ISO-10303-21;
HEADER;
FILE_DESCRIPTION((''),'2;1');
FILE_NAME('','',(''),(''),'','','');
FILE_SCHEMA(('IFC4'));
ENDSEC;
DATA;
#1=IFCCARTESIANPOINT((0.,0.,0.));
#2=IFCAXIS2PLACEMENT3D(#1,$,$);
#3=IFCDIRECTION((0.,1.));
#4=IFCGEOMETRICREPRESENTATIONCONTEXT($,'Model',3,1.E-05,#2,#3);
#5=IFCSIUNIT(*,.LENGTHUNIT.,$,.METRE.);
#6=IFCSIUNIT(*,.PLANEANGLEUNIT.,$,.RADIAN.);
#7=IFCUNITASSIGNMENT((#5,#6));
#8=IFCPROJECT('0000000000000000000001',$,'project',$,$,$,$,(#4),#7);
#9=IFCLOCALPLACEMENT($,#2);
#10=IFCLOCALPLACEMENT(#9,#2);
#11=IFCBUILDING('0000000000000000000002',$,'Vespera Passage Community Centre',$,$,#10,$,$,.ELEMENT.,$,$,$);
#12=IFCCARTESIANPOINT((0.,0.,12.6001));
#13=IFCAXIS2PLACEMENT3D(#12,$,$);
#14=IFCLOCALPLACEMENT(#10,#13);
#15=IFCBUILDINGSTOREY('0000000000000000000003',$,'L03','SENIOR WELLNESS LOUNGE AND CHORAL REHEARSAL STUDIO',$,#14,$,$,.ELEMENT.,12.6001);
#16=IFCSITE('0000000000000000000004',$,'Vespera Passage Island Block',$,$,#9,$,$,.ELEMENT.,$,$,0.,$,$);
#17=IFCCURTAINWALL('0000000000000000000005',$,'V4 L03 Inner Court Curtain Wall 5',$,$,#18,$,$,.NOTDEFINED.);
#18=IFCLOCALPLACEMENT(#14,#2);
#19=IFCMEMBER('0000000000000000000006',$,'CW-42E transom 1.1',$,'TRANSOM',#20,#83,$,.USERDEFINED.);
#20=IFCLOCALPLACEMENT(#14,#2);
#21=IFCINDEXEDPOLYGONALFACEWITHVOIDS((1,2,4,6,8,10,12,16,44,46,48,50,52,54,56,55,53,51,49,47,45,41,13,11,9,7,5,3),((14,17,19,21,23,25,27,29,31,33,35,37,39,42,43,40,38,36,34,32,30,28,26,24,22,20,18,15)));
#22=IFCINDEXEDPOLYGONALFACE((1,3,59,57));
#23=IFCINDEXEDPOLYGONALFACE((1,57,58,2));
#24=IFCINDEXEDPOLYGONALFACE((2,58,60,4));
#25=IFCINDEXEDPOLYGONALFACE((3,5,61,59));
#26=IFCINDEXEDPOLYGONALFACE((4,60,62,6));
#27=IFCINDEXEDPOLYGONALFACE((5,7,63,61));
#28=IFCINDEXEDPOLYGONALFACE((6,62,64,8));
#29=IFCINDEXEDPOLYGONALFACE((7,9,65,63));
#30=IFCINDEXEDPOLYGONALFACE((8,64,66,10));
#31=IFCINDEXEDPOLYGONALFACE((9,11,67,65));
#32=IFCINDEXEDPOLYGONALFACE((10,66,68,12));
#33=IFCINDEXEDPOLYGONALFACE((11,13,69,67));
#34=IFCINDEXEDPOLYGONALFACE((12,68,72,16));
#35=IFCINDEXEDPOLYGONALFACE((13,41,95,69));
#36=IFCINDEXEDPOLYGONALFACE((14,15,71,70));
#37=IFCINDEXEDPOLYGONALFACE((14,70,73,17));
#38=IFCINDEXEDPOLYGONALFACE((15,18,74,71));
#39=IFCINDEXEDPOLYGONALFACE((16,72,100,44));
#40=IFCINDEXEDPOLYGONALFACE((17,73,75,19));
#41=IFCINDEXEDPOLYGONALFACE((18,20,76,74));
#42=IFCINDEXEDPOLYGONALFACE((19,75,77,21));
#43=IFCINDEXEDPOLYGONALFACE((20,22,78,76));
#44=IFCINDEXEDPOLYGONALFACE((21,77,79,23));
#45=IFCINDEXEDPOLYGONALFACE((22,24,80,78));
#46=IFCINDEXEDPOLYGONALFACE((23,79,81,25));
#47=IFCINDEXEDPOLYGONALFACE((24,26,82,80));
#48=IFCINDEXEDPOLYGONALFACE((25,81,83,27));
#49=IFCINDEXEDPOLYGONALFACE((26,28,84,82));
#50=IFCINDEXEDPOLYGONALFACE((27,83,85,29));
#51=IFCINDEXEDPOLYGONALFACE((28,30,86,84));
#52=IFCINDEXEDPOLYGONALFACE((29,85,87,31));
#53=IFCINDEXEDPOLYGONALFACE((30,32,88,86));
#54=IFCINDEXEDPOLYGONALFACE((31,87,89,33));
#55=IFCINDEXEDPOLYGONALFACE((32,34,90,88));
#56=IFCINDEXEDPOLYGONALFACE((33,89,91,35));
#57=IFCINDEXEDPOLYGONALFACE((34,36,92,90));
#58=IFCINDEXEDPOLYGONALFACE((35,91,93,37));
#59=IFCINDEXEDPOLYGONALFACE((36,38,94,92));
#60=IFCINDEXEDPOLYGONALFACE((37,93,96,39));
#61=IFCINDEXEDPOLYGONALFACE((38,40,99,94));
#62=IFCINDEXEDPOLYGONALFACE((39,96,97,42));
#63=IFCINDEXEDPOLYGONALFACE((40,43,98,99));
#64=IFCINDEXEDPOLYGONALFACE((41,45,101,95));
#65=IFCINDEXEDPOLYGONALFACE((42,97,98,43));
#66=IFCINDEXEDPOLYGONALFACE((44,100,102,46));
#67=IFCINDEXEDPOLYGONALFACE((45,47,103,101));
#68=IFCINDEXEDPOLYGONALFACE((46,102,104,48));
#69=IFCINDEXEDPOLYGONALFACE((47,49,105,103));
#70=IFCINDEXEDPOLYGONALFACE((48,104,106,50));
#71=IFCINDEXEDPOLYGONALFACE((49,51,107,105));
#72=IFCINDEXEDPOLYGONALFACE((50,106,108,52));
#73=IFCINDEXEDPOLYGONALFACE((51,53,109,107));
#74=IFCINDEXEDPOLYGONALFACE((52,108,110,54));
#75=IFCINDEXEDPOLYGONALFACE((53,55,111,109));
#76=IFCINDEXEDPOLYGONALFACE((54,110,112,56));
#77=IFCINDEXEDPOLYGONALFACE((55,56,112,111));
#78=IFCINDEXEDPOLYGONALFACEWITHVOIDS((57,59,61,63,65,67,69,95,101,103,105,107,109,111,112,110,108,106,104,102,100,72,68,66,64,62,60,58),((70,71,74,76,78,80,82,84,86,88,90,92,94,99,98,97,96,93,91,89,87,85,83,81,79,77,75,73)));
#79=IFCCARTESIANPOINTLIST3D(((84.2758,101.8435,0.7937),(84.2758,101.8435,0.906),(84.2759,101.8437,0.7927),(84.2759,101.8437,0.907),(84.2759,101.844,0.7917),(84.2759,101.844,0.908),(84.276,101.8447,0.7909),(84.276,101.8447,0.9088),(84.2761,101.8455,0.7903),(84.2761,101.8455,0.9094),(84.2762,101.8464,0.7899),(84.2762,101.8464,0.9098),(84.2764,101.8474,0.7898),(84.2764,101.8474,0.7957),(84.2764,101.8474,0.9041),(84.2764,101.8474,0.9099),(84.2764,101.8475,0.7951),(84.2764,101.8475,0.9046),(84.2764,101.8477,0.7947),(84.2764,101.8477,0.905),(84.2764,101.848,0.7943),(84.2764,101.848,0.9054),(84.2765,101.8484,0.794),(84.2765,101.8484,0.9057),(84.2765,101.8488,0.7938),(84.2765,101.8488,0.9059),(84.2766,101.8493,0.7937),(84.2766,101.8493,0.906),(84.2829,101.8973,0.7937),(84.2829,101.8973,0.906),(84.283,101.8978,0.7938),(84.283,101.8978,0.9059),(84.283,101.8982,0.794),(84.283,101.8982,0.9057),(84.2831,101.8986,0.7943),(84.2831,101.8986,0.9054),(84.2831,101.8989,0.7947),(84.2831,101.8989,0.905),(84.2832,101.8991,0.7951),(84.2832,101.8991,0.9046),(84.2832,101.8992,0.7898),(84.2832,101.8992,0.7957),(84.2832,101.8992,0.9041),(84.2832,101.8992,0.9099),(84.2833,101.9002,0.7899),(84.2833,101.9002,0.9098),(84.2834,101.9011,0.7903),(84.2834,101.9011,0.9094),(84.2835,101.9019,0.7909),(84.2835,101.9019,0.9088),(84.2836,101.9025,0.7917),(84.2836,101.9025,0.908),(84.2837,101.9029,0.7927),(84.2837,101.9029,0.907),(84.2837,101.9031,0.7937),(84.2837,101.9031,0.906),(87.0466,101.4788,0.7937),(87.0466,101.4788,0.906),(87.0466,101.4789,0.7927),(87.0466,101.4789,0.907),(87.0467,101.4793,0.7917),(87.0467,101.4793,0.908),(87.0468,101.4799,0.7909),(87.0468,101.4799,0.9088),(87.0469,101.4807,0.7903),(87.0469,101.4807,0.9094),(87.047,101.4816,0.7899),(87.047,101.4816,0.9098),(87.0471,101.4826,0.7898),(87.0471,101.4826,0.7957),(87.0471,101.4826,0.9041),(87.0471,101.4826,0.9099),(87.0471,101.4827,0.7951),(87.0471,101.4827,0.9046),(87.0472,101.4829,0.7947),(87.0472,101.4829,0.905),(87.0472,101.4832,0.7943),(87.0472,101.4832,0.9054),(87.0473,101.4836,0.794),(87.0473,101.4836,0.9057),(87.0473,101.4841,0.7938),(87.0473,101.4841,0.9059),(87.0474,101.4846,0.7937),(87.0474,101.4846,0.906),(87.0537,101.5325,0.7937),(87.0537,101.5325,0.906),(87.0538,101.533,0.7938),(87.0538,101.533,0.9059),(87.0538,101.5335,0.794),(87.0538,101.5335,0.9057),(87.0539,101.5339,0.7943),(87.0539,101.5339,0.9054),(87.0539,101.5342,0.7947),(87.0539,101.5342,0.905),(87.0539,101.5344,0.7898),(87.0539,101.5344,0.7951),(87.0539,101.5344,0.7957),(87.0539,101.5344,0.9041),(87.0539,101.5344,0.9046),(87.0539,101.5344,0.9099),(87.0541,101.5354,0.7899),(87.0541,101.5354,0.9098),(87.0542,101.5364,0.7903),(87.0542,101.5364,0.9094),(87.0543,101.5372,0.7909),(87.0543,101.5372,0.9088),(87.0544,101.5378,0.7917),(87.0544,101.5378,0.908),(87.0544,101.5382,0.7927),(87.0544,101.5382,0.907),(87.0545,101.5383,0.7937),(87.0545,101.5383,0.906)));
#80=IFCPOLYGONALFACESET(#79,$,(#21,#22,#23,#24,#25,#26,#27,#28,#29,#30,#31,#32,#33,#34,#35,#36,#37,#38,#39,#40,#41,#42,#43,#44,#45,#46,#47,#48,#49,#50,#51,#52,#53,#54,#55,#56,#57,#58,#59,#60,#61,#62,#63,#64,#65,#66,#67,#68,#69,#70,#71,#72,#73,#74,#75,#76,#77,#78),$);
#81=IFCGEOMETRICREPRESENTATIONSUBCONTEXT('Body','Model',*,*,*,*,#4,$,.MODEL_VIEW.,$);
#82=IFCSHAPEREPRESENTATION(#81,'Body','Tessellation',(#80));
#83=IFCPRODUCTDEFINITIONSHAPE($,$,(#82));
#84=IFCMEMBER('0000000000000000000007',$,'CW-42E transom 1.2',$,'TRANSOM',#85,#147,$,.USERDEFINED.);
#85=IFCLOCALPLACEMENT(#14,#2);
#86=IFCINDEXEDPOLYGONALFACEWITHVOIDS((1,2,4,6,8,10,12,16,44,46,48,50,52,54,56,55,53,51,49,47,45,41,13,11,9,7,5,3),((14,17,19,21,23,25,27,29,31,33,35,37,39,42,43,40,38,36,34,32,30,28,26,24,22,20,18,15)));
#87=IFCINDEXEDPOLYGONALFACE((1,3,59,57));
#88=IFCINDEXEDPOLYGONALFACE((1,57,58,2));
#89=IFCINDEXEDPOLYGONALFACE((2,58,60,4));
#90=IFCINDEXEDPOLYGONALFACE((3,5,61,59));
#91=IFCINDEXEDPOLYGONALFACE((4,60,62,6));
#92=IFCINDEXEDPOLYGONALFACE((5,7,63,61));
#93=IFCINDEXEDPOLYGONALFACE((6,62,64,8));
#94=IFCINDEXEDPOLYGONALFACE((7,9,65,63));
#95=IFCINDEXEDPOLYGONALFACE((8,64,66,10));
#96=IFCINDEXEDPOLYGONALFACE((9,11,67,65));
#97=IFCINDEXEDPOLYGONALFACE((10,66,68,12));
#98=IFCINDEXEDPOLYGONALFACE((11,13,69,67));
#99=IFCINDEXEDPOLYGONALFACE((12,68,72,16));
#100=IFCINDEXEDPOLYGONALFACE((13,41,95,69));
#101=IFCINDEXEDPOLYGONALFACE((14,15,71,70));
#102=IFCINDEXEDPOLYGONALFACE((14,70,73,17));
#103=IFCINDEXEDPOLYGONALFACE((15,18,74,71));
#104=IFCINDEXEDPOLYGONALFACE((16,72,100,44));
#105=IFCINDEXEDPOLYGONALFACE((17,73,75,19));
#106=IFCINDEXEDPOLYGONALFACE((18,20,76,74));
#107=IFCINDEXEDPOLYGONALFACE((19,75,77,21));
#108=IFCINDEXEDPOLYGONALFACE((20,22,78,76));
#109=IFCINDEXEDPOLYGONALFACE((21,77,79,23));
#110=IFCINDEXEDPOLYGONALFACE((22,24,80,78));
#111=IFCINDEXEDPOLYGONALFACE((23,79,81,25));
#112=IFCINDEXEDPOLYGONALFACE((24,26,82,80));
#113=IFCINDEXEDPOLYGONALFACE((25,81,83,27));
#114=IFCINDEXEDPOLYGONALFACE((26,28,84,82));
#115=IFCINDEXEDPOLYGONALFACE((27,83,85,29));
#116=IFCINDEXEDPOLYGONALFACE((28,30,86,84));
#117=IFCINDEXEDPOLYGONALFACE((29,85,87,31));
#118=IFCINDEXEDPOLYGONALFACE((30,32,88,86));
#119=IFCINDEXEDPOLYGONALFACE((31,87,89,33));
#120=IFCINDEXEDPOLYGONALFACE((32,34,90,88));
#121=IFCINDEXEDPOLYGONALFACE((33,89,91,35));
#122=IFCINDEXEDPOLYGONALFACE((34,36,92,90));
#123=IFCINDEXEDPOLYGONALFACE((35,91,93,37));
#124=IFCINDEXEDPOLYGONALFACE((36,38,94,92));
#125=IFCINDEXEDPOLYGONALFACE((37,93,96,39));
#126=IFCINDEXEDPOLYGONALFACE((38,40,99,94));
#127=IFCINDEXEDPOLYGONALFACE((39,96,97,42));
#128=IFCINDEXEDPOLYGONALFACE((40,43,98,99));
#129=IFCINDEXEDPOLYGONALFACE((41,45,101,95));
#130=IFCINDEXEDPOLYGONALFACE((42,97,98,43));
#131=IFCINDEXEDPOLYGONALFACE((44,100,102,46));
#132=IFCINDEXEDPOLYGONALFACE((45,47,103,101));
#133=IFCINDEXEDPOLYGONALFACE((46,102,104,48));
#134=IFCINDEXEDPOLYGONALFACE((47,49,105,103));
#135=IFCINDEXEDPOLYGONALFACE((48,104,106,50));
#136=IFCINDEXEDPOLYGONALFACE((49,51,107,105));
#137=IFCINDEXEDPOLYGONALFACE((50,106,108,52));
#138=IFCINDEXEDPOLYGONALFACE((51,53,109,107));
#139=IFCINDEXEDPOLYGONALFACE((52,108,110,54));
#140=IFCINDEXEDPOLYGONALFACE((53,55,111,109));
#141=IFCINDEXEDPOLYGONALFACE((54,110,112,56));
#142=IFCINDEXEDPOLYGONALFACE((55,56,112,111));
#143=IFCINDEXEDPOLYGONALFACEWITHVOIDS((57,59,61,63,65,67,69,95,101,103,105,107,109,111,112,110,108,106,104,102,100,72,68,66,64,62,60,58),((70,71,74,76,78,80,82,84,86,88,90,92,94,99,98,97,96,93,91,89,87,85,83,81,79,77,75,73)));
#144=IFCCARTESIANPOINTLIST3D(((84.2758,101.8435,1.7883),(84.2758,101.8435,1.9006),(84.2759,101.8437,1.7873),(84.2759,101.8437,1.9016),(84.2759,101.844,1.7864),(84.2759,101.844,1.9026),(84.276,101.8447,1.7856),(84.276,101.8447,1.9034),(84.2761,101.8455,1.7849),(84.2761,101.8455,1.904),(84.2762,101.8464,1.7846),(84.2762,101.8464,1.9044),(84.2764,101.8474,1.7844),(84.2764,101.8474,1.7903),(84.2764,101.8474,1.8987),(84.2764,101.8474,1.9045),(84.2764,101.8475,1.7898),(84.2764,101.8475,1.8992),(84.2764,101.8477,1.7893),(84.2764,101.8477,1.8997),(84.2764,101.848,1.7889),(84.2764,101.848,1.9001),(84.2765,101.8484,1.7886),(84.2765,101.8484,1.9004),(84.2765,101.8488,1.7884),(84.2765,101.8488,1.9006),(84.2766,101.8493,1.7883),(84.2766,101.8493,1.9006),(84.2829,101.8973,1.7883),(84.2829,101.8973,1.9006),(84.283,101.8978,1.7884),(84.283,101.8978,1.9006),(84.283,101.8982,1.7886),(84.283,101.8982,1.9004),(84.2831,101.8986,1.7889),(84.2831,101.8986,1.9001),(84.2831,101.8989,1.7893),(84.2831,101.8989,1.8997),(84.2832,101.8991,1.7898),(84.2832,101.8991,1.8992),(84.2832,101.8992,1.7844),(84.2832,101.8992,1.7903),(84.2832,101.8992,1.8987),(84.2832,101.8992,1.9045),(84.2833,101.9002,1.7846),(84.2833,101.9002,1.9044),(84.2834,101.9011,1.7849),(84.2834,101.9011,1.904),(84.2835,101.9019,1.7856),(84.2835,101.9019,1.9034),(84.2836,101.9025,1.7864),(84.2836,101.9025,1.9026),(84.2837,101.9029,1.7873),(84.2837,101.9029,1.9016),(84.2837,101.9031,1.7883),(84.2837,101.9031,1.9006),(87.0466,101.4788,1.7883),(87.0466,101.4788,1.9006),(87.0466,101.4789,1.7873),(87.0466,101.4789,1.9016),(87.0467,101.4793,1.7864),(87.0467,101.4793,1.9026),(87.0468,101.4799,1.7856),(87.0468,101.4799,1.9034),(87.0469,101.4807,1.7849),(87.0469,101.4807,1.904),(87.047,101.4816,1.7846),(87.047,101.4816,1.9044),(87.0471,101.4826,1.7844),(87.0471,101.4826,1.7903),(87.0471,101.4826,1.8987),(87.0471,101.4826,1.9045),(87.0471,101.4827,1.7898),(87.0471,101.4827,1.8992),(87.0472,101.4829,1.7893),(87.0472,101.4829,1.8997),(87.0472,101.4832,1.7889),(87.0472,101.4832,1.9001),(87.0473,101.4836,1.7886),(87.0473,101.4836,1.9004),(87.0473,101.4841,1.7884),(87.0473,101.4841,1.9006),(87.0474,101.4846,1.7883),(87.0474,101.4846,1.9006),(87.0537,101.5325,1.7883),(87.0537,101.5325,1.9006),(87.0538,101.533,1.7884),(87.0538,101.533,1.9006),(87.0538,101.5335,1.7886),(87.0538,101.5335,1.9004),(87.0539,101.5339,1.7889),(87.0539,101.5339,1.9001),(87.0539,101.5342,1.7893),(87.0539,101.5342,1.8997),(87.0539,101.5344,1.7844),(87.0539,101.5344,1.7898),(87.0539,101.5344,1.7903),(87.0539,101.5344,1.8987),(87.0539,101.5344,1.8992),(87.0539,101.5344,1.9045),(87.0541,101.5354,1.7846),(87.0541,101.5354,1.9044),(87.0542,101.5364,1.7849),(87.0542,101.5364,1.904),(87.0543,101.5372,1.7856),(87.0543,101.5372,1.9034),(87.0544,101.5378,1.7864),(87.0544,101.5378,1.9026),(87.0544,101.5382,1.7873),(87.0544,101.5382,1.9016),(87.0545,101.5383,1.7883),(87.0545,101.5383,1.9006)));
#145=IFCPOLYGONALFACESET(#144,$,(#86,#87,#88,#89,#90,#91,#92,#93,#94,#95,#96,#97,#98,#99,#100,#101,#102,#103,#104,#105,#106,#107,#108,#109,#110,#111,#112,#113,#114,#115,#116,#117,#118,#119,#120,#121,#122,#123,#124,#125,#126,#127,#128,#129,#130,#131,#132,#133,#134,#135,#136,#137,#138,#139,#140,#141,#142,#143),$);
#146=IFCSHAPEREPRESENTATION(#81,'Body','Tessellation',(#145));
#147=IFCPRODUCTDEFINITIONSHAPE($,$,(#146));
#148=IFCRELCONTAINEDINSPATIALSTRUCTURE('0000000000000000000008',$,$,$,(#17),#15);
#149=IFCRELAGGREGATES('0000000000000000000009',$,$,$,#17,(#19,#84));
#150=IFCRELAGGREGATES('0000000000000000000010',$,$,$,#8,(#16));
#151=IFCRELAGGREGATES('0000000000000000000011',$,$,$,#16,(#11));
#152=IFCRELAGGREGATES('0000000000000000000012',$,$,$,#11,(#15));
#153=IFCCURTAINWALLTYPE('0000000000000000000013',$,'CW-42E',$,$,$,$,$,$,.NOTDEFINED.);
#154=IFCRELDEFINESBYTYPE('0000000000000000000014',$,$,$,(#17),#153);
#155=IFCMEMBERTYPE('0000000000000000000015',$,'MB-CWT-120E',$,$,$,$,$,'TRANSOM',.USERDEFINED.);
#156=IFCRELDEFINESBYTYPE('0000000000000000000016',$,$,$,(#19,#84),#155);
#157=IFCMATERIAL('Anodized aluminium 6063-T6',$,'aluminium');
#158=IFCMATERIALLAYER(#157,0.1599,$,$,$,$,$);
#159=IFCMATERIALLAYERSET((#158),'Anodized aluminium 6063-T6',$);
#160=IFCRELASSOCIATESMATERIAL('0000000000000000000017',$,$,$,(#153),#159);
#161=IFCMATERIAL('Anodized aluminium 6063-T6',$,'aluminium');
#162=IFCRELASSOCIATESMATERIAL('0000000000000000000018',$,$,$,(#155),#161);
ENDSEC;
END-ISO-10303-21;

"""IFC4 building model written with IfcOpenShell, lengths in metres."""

from ifc_helpers import new_model, si_unit, direction, frame, origin, origin_2d, place, context, subcontext, project, spatial, hollow_rectangle, extrude, material, layer, layer_set, material_profile, profile_set, type_object, element, aggregate, save


model = new_model("IFC4")

# Units and contexts
model_context = context("Model", 3, precision=1e-05, world=origin(), true_north=direction((0.0, 1.0)))
body_context = subcontext(model_context, "Body", "Model", "MODEL_VIEW")
ifc_project = project(units=[si_unit("LENGTHUNIT", "METRE"), si_unit("PLANEANGLEUNIT", "RADIAN")], contexts=[model_context])

# Site, building, storey
site_placement = place(None, origin())
site = spatial("IfcSite", under=ifc_project, at=site_placement, Name="Vespera Passage Island Block", CompositionType="ELEMENT", RefElevation=0.0)
building_placement = place(site_placement, origin())
building = spatial("IfcBuilding", under=site, at=building_placement, Name="Vespera Passage Community Centre", CompositionType="ELEMENT")
storey_placement = place(building_placement, frame((0.0, 0.0, 12.6001)))
storey = spatial("IfcBuildingStorey", under=building, at=storey_placement, Name="L03", Description="SENIOR WELLNESS LOUNGE AND CHORAL REHEARSAL STUDIO", CompositionType="ELEMENT", Elevation=12.6001)

# Curtain wall, members
ifc_material_1 = material(Name="Anodized aluminium 6063-T6", Category="aluminium")
ifc_layer_1 = layer(ifc_material_1, 0.1599)
ifc_layer_set_1 = layer_set([ifc_layer_1], Name="Anodized aluminium 6063-T6")
curtain_wall_type = type_object("IfcCurtainWallType", Name="CW-42E", PredefinedType="NOTDEFINED", material=ifc_layer_set_1)
curtain_wall_placement = place(storey_placement, origin())
curtain_wall = element("IfcCurtainWall", 1, at=curtain_wall_placement, inside=storey, type_object=curtain_wall_type, Name="V4 L03 Inner Court Curtain Wall 5", PredefinedType="NOTDEFINED")
ifc_material_2 = material(Name="Anodized aluminium 6063-T6", Category="aluminium")
ifc_material_profile_1 = material_profile(ifc_material_2, hollow_rectangle(XDim=0.0601, YDim=0.1201, WallThickness=0.0039, InnerFilletRadius=0.002, OuterFilletRadius=0.0039, at=origin_2d()), Name="ALU120X60X4")
ifc_profile_set_1 = profile_set([ifc_material_profile_1], Name="Anodized aluminium 6063-T6")
member_type_1 = type_object("IfcMemberType", Name="MB-CWT-120E", ElementType="TRANSOM", PredefinedType="USERDEFINED", material=ifc_profile_set_1)
member_1_placement = place(storey_placement, frame((87.0505, 101.5085, 0.8499), z_axis=(-0.991446, 0.130516, 0.0), x_axis=(-0.130516, -0.991446, 0.0)))
member_1 = element("IfcMember", 2, at=member_1_placement, type_object=member_type_1, Name="CW-42E transom 1.1", ObjectType="TRANSOM", PredefinedType="USERDEFINED", context=body_context, shape_type="SweptSolid", body=[
    extrude(hollow_rectangle(XDim=0.0601, YDim=0.1201, WallThickness=0.0039, InnerFilletRadius=0.002, OuterFilletRadius=0.0039, at=origin_2d()), origin(), (0.0, 0.0, 1.0), 2.7947),
])
member_2_placement = place(storey_placement, frame((87.0505, 101.5085, 1.8445), z_axis=(-0.991446, 0.130516, 0.0), x_axis=(-0.130516, -0.991446, 0.0)))
member_2 = element("IfcMember", 3, at=member_2_placement, type_object=member_type_1, Name="CW-42E transom 1.2", ObjectType="TRANSOM", PredefinedType="USERDEFINED", context=body_context, shape_type="SweptSolid", body=[
    extrude(hollow_rectangle(XDim=0.0601, YDim=0.1201, WallThickness=0.0039, InnerFilletRadius=0.002, OuterFilletRadius=0.0039, at=origin_2d()), origin(), (0.0, 0.0, 1.0), 2.7947),
])
aggregate(curtain_wall, [member_1, member_2])

save(model, "model.ifc")
